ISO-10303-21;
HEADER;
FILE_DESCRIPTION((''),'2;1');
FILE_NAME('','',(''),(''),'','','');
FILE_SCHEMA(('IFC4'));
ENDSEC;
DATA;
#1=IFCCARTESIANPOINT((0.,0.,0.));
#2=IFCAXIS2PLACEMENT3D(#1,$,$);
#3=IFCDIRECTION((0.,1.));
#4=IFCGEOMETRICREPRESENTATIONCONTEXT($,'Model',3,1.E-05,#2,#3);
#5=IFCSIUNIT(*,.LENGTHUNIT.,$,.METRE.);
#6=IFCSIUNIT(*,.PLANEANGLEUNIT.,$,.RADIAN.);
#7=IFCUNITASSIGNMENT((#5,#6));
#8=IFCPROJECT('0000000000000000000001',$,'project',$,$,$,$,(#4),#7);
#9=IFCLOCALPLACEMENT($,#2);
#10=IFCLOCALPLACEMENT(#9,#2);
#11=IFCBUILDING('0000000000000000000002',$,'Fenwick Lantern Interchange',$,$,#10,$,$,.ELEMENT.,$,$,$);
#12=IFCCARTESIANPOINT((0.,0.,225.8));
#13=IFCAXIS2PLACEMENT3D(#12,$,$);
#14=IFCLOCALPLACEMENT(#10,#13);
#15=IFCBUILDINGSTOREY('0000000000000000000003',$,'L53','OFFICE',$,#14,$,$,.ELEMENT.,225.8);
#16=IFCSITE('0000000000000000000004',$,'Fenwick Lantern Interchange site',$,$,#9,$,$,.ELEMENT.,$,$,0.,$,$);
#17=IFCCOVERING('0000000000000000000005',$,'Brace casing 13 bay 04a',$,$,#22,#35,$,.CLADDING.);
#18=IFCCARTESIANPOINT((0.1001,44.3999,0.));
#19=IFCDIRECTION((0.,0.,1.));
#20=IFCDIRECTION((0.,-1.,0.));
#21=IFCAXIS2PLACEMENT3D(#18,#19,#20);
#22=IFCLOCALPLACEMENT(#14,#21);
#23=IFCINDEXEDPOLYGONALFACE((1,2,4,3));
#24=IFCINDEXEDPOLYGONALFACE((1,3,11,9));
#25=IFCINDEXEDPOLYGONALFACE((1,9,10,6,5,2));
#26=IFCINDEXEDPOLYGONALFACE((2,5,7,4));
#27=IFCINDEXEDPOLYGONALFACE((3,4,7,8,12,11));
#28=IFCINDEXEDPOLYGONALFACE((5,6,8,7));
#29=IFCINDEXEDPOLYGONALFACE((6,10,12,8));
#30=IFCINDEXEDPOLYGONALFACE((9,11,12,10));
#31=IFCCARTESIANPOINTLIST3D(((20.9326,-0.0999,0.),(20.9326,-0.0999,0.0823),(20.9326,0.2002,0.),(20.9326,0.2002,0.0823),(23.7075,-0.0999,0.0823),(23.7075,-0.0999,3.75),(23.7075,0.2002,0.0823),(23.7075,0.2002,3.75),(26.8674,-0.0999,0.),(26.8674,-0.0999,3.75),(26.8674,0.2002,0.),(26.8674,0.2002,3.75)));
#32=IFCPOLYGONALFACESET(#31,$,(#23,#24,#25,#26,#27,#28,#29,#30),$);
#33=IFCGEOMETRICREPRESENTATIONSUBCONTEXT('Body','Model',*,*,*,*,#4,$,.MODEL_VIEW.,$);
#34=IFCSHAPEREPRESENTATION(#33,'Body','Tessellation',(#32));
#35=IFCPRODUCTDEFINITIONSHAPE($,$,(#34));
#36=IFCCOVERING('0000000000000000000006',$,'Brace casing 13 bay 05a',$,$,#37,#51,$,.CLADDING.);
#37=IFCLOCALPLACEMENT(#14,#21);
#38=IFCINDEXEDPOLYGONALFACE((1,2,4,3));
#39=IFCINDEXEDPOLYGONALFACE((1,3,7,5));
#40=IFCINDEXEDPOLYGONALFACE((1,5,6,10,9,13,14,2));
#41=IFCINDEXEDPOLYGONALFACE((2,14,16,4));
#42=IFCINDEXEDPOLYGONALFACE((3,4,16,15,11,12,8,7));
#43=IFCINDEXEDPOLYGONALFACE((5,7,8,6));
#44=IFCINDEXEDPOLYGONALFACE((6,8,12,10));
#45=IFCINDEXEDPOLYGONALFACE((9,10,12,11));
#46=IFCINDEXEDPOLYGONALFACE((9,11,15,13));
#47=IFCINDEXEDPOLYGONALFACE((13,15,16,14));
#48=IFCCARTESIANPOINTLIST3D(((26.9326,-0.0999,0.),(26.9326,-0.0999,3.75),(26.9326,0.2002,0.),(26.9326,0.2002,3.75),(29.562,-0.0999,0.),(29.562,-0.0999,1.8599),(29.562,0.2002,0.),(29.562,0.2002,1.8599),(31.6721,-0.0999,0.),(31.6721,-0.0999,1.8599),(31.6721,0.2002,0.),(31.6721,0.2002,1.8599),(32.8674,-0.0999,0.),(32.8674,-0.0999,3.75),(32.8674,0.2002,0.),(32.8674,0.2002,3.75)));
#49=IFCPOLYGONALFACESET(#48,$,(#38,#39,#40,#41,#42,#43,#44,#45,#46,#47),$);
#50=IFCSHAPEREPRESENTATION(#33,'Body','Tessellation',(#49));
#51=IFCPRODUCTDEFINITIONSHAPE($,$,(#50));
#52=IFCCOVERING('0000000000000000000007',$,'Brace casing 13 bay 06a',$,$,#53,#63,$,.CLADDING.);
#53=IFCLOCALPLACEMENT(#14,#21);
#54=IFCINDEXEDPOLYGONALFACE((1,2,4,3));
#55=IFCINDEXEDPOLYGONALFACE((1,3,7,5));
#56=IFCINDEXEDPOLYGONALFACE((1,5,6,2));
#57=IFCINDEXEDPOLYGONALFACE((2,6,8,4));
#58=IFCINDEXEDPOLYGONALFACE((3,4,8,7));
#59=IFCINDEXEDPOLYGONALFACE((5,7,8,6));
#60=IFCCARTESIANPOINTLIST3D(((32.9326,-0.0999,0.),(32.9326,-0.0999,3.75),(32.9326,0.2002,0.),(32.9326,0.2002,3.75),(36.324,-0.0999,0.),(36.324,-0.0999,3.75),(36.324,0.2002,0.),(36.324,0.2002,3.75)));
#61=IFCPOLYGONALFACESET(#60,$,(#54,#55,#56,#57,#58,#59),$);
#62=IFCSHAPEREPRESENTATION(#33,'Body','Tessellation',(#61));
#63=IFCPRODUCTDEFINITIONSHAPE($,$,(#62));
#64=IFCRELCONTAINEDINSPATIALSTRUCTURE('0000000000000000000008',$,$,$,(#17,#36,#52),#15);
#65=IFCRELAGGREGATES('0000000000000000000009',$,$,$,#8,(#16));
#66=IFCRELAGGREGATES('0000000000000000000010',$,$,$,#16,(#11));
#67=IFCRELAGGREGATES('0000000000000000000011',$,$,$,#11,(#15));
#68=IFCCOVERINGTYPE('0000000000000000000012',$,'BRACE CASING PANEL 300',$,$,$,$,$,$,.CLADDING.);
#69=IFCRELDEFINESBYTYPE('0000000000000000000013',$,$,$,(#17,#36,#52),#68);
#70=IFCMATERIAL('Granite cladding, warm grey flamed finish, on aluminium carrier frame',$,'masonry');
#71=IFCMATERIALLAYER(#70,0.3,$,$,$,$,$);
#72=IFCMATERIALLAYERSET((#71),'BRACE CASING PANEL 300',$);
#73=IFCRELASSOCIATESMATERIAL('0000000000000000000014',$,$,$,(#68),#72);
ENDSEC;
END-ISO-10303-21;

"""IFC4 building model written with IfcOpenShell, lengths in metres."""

from ifc_helpers import new_model, si_unit, direction, frame, origin, place, context, subcontext, project, spatial, polyline, outline, extrude, material, layer, layer_set, type_object, element, save


model = new_model("IFC4")

# Units and contexts
model_context = context("Model", 3, precision=1e-05, world=origin(), true_north=direction((0.0, 1.0)))
body_context = subcontext(model_context, "Body", "Model", "MODEL_VIEW")
ifc_project = project(units=[si_unit("LENGTHUNIT", "METRE"), si_unit("PLANEANGLEUNIT", "RADIAN")], contexts=[model_context])

# Site, building, storey
site_placement = place(None, origin())
site = spatial("IfcSite", under=ifc_project, at=site_placement, Name="Fenwick Lantern Interchange site", CompositionType="ELEMENT", RefElevation=0.0)
building_placement = place(site_placement, origin())
building = spatial("IfcBuilding", under=site, at=building_placement, Name="Fenwick Lantern Interchange", CompositionType="ELEMENT")
storey_placement = place(building_placement, frame((0.0, 0.0, 225.8)))
storey = spatial("IfcBuildingStorey", under=building, at=storey_placement, Name="L53", Description="OFFICE", CompositionType="ELEMENT", Elevation=225.8)

# Coverings
ifc_material_1 = material(Name="Granite cladding, warm grey flamed finish, on aluminium carrier frame", Category="masonry")
ifc_layer_1 = layer(ifc_material_1, 0.3)
ifc_layer_set_1 = layer_set([ifc_layer_1], Name="BRACE CASING PANEL 300")
covering_type = type_object("IfcCoveringType", Name="BRACE CASING PANEL 300", PredefinedType="CLADDING", material=ifc_layer_set_1)
covering_1_placement = place(storey_placement, frame((0.1001, 44.3999, 0.0), z_axis=(0.0, 0.0, 1.0), x_axis=(0.0, -1.0, 0.0)))
element("IfcCovering", 1, at=covering_1_placement, inside=storey, type_object=covering_type, Name="Brace casing 13 bay 04a", PredefinedType="CLADDING", context=body_context, shape_type="SweptSolid", body=[
    extrude(outline(polyline([(20.9326, 0.0), (26.8674, 0.0), (26.8674, 3.75), (23.7075, 3.75), (23.7075, 0.0823), (20.9326, 0.0823), (20.9326, 0.0)])), frame((0.0, 0.2002, 0.0), z_axis=(0.0, -1.0, 0.0), x_axis=(1.0, 0.0, 0.0)), (0.0, 0.0, 1.0), 0.3),
])
covering_2_placement = place(storey_placement, frame((0.1001, 44.3999, 0.0), z_axis=(0.0, 0.0, 1.0), x_axis=(0.0, -1.0, 0.0)))
element("IfcCovering", 2, at=covering_2_placement, inside=storey, type_object=covering_type, Name="Brace casing 13 bay 05a", PredefinedType="CLADDING", context=body_context, shape_type="SweptSolid", body=[
    extrude(outline(polyline([(26.9326, 0.0), (29.562, 0.0), (29.562, 1.8599), (31.6721, 1.8599), (31.6721, 0.0), (32.8674, 0.0), (32.8674, 3.75), (26.9326, 3.75), (26.9326, 0.0)])), frame((0.0, 0.2002, 0.0), z_axis=(0.0, -1.0, 0.0), x_axis=(1.0, 0.0, 0.0)), (0.0, 0.0, 1.0), 0.3),
])
covering_3_placement = place(storey_placement, frame((0.1001, 44.3999, 0.0), z_axis=(0.0, 0.0, 1.0), x_axis=(0.0, -1.0, 0.0)))
element("IfcCovering", 3, at=covering_3_placement, inside=storey, type_object=covering_type, Name="Brace casing 13 bay 06a", PredefinedType="CLADDING", context=body_context, shape_type="SweptSolid", body=[
    extrude(outline(polyline([(32.9326, 0.0), (36.324, 0.0), (36.324, 3.75), (32.9326, 3.75), (32.9326, 0.0)])), frame((0.0, 0.2002, 0.0), z_axis=(0.0, -1.0, 0.0), x_axis=(1.0, 0.0, 0.0)), (0.0, 0.0, 1.0), 0.3),
])

save(model, "model.ifc")
